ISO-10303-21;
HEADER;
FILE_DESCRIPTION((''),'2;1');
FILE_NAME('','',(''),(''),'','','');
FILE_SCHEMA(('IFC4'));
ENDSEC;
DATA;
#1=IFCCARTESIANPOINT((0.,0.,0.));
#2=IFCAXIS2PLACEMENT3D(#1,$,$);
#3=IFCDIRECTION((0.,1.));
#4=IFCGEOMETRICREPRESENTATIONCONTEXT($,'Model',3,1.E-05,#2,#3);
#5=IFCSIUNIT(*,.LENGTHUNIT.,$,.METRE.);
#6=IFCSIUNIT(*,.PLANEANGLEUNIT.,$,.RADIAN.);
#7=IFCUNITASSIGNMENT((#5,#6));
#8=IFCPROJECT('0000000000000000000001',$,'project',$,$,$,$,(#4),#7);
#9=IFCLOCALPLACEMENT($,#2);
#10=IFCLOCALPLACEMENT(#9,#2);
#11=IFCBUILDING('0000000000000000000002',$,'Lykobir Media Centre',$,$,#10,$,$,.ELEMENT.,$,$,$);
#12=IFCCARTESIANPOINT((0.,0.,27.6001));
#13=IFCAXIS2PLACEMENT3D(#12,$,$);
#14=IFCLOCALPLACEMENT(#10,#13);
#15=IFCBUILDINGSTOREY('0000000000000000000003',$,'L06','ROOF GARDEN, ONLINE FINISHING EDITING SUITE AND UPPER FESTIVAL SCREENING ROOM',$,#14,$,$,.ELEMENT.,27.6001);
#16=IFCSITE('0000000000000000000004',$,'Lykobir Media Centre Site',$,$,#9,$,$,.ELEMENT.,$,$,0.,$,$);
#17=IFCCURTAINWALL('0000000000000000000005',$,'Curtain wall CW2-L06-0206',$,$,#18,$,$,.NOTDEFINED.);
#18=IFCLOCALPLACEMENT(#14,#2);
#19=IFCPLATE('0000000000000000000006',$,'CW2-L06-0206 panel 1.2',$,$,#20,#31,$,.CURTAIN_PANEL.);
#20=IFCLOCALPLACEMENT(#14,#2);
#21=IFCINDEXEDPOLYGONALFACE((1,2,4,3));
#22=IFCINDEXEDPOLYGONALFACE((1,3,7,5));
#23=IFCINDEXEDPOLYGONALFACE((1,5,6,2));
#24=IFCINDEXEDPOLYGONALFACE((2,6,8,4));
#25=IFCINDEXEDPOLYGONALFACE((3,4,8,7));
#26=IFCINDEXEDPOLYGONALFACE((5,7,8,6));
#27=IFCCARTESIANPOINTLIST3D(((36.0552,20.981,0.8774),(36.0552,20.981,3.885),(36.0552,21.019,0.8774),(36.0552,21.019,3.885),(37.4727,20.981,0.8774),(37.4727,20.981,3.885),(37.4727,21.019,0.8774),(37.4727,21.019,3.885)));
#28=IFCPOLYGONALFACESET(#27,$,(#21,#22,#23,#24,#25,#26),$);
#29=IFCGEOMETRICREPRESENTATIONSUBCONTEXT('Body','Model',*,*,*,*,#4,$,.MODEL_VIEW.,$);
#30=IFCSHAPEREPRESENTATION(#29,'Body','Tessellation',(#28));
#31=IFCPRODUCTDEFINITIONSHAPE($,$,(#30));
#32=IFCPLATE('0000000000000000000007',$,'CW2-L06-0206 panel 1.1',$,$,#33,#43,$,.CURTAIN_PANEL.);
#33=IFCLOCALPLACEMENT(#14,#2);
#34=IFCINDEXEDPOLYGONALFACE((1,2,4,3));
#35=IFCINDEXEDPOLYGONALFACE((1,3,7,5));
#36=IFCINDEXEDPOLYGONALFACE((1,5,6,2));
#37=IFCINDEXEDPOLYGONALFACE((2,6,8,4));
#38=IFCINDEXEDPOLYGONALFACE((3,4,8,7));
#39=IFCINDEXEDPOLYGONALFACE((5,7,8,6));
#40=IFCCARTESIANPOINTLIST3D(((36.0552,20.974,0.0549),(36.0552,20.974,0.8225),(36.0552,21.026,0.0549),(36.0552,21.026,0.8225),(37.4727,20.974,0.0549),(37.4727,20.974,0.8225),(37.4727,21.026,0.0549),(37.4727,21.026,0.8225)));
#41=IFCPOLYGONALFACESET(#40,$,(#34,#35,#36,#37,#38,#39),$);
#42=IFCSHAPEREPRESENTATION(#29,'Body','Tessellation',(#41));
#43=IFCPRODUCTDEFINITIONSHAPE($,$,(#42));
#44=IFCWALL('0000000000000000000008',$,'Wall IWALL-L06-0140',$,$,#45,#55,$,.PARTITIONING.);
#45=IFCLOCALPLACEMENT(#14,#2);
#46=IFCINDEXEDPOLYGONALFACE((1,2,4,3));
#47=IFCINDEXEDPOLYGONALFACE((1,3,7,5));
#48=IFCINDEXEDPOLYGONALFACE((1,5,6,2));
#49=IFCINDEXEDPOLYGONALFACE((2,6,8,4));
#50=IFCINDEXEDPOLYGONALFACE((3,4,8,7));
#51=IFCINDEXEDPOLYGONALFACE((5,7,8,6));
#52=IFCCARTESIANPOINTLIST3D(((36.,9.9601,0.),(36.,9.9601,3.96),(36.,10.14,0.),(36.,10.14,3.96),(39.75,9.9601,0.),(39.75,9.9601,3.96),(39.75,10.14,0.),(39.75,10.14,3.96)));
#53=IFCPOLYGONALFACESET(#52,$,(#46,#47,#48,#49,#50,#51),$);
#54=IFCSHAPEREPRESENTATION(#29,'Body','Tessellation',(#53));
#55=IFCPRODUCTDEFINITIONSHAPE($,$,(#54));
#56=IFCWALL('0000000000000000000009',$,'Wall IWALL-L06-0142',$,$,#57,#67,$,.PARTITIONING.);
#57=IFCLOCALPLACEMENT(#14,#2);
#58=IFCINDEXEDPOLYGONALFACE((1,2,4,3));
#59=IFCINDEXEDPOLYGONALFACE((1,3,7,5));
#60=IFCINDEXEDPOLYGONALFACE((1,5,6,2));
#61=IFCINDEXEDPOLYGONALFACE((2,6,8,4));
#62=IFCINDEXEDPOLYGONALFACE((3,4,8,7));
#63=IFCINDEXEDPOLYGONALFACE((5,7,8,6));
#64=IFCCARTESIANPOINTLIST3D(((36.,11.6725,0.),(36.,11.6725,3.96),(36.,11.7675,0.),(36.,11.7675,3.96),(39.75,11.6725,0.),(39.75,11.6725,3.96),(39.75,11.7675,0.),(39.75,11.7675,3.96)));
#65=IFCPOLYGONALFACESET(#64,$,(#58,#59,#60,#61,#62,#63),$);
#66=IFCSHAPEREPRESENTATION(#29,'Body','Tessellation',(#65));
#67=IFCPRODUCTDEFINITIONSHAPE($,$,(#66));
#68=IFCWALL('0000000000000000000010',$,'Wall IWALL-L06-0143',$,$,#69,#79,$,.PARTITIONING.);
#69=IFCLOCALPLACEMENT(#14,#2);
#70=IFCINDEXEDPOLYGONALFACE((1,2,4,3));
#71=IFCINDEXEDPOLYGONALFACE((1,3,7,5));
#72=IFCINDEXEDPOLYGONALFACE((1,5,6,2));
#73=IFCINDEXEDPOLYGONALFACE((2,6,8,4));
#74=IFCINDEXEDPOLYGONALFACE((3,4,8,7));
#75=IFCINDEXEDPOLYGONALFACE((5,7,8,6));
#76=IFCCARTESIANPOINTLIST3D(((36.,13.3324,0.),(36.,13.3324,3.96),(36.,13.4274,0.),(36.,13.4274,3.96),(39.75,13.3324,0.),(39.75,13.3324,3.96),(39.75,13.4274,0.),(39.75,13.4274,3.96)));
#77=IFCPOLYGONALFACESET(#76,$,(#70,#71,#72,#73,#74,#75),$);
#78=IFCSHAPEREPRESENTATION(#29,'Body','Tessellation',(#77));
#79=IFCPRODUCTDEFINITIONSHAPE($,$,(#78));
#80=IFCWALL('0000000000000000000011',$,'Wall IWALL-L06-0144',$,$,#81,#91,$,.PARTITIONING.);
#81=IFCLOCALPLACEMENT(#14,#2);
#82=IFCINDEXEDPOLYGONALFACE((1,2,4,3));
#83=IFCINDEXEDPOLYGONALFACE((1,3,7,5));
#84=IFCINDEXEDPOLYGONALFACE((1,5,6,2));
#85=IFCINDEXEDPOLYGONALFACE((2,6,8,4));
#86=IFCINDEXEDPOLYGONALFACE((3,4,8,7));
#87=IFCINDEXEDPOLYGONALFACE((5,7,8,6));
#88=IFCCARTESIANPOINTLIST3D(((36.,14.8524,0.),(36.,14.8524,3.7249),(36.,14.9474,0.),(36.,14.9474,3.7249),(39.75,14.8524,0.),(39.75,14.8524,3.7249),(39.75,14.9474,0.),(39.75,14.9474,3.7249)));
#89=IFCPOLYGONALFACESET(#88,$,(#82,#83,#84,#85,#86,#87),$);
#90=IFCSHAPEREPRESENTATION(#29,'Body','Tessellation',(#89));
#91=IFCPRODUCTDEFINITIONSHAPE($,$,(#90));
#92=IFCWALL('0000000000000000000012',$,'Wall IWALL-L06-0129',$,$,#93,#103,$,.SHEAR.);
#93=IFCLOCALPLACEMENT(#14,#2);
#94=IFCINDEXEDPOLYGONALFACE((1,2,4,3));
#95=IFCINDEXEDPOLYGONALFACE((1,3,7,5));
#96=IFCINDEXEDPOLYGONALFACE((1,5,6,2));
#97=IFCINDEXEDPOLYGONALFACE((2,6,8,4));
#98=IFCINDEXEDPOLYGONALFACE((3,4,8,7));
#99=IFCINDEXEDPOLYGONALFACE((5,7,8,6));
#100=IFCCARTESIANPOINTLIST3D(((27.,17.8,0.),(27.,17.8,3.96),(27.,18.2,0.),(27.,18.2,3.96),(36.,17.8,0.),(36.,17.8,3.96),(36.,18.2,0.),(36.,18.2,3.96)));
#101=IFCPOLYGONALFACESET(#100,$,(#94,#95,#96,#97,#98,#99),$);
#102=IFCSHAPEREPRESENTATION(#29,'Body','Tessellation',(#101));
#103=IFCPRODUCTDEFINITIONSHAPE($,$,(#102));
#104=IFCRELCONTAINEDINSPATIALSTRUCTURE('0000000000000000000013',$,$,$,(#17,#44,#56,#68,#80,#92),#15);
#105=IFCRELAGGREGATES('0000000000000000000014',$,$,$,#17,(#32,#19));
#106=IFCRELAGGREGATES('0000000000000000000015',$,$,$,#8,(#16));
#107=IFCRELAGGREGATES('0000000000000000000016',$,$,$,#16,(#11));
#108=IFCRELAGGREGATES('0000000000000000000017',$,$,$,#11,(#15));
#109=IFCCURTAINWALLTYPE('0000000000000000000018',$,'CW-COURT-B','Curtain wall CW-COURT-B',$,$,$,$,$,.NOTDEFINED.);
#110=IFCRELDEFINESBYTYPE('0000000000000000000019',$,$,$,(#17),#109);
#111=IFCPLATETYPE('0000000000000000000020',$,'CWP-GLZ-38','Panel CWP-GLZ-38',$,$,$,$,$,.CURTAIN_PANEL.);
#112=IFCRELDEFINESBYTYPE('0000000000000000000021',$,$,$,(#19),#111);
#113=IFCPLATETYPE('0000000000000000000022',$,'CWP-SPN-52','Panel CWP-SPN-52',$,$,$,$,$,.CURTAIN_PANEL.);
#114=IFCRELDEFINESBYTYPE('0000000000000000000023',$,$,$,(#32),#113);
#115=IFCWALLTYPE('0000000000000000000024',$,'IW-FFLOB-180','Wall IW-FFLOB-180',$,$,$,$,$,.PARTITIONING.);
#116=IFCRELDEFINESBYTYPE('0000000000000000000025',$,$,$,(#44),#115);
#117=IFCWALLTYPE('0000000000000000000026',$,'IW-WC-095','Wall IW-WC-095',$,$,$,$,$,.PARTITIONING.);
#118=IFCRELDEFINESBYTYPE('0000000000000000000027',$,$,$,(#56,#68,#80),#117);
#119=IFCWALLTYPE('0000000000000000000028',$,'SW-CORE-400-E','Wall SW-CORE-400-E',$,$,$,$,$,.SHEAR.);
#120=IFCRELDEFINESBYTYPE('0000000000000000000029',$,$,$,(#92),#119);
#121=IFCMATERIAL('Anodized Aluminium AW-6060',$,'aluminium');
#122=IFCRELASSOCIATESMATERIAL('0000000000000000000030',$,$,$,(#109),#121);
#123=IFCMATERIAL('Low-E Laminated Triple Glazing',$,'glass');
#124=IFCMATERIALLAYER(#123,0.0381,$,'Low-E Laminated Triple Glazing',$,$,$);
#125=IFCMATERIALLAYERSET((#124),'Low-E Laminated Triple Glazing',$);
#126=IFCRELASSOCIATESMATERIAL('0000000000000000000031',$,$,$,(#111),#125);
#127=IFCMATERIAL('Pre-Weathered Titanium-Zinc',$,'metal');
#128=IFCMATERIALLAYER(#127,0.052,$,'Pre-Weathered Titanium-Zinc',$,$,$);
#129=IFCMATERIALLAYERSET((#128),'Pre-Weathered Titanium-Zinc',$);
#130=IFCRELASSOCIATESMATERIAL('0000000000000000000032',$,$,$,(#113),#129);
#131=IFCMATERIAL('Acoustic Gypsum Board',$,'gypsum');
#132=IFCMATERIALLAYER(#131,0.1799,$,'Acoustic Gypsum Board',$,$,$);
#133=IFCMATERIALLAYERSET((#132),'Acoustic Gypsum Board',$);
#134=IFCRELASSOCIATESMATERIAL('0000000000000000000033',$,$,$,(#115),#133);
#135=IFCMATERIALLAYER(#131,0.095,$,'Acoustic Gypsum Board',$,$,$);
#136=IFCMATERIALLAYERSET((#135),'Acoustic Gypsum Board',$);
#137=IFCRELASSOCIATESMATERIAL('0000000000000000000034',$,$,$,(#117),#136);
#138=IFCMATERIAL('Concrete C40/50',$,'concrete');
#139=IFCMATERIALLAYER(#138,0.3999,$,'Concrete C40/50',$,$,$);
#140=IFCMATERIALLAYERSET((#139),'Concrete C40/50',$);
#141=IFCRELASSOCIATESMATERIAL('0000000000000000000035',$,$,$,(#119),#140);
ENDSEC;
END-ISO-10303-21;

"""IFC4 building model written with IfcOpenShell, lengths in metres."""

from ifc_helpers import new_model, si_unit, direction, frame, frame_2d, origin, origin_2d, place, context, subcontext, project, spatial, rectangle, extrude, material, layer, layer_set, type_object, element, aggregate, save


model = new_model("IFC4")

# Units and contexts
model_context = context("Model", 3, precision=1e-05, world=origin(), true_north=direction((0.0, 1.0)))
body_context = subcontext(model_context, "Body", "Model", "MODEL_VIEW")
ifc_project = project(units=[si_unit("LENGTHUNIT", "METRE"), si_unit("PLANEANGLEUNIT", "RADIAN")], contexts=[model_context])

# Site, building, storey
site_placement = place(None, origin())
site = spatial("IfcSite", under=ifc_project, at=site_placement, Name="Lykobir Media Centre Site", CompositionType="ELEMENT", RefElevation=0.0)
building_placement = place(site_placement, origin())
building = spatial("IfcBuilding", under=site, at=building_placement, Name="Lykobir Media Centre", CompositionType="ELEMENT")
storey_placement = place(building_placement, frame((0.0, 0.0, 27.6001)))
storey = spatial("IfcBuildingStorey", under=building, at=storey_placement, Name="L06", Description="ROOF GARDEN, ONLINE FINISHING EDITING SUITE AND UPPER FESTIVAL SCREENING ROOM", CompositionType="ELEMENT", Elevation=27.6001)

# Curtain wall
ifc_material_1 = material(Name="Anodized Aluminium AW-6060", Category="aluminium")
curtain_wall_type = type_object("IfcCurtainWallType", Name="CW-COURT-B", Description="Curtain wall CW-COURT-B", PredefinedType="NOTDEFINED", material=ifc_material_1)
curtain_wall_placement = place(storey_placement, origin())
curtain_wall = element("IfcCurtainWall", 1, at=curtain_wall_placement, inside=storey, type_object=curtain_wall_type, Name="Curtain wall CW2-L06-0206", PredefinedType="NOTDEFINED")

# Plates
ifc_material_2 = material(Name="Low-E Laminated Triple Glazing", Category="glass")
ifc_layer_1 = layer(ifc_material_2, 0.0381, Name="Low-E Laminated Triple Glazing")
ifc_layer_set_1 = layer_set([ifc_layer_1], Name="Low-E Laminated Triple Glazing")
plate_type_1 = type_object("IfcPlateType", Name="CWP-GLZ-38", Description="Panel CWP-GLZ-38", PredefinedType="CURTAIN_PANEL", material=ifc_layer_set_1)
plate_1_placement = place(storey_placement, frame((36.7639, 21.0, 0.8774), z_axis=(0.0, 0.0, 1.0), x_axis=(1.0, 0.0, 0.0)))
plate_1 = element("IfcPlate", 2, at=plate_1_placement, type_object=plate_type_1, Name="CW2-L06-0206 panel 1.2", PredefinedType="CURTAIN_PANEL", context=body_context, shape_type="SweptSolid", body=[
    extrude(rectangle(XDim=1.4175, YDim=0.0381, at=origin_2d()), origin(), (0.0, 0.0, 1.0), 3.0076),
])
ifc_material_3 = material(Name="Pre-Weathered Titanium-Zinc", Category="metal")
ifc_layer_2 = layer(ifc_material_3, 0.052, Name="Pre-Weathered Titanium-Zinc")
ifc_layer_set_2 = layer_set([ifc_layer_2], Name="Pre-Weathered Titanium-Zinc")
plate_type_2 = type_object("IfcPlateType", Name="CWP-SPN-52", Description="Panel CWP-SPN-52", PredefinedType="CURTAIN_PANEL", material=ifc_layer_set_2)
plate_2_placement = place(storey_placement, frame((36.7639, 21.0, 0.0549), z_axis=(0.0, 0.0, 1.0), x_axis=(1.0, 0.0, 0.0)))
plate_2 = element("IfcPlate", 3, at=plate_2_placement, type_object=plate_type_2, Name="CW2-L06-0206 panel 1.1", PredefinedType="CURTAIN_PANEL", context=body_context, shape_type="SweptSolid", body=[
    extrude(rectangle(XDim=1.4175, YDim=0.052, at=origin_2d()), origin(), (0.0, 0.0, 1.0), 0.7676),
])
aggregate(curtain_wall, [plate_2, plate_1])

# Walls
ifc_material_4 = material(Name="Acoustic Gypsum Board", Category="gypsum")
ifc_layer_3 = layer(ifc_material_4, 0.1799, Name="Acoustic Gypsum Board")
ifc_layer_set_3 = layer_set([ifc_layer_3], Name="Acoustic Gypsum Board")
wall_type_1 = type_object("IfcWallType", Name="IW-FFLOB-180", Description="Wall IW-FFLOB-180", PredefinedType="PARTITIONING", material=ifc_layer_set_3)
wall_1_placement = place(storey_placement, frame((36.0, 10.05, 0.0), z_axis=(0.0, 0.0, 1.0), x_axis=(1.0, 0.0, 0.0)))
element("IfcWall", 4, at=wall_1_placement, inside=storey, type_object=wall_type_1, Name="Wall IWALL-L06-0140", PredefinedType="PARTITIONING", context=body_context, shape_type="SweptSolid", body=[
    extrude(rectangle(XDim=3.75, YDim=0.1799, at=frame_2d((1.875, 0.0))), origin(), (0.0, 0.0, 1.0), 3.96),
])
ifc_layer_4 = layer(ifc_material_4, 0.095, Name="Acoustic Gypsum Board")
ifc_layer_set_4 = layer_set([ifc_layer_4], Name="Acoustic Gypsum Board")
wall_type_2 = type_object("IfcWallType", Name="IW-WC-095", Description="Wall IW-WC-095", PredefinedType="PARTITIONING", material=ifc_layer_set_4)
for number, where, z_axis, x_axis, name in (
    (5, (36.0, 11.72, 0.0), (0.0, 0.0, 1.0), (1.0, 0.0, 0.0), "Wall IWALL-L06-0142"),
    (6, (36.0, 13.3799, 0.0), (0.0, 0.0, 1.0), (1.0, 0.0, 0.0), "Wall IWALL-L06-0143"),
):
    element("IfcWall", number, at=place(storey_placement, frame(where, z_axis=z_axis, x_axis=x_axis)), inside=storey, type_object=wall_type_2, Name=name, PredefinedType="PARTITIONING", context=body_context, shape_type="SweptSolid", body=[
        extrude(rectangle(XDim=3.75, YDim=0.095, at=frame_2d((1.875, 0.0))), origin(), (0.0, 0.0, 1.0), 3.96),
    ])
wall_2_placement = place(storey_placement, frame((36.0, 14.8999, 0.0), z_axis=(0.0, 0.0, 1.0), x_axis=(1.0, 0.0, 0.0)))
element("IfcWall", 7, at=wall_2_placement, inside=storey, type_object=wall_type_2, Name="Wall IWALL-L06-0144", PredefinedType="PARTITIONING", context=body_context, shape_type="SweptSolid", body=[
    extrude(rectangle(XDim=3.75, YDim=0.095, at=frame_2d((1.875, 0.0))), origin(), (0.0, 0.0, 1.0), 3.7249),
])
ifc_material_5 = material(Name="Concrete C40/50", Category="concrete")
ifc_layer_5 = layer(ifc_material_5, 0.3999, Name="Concrete C40/50")
ifc_layer_set_5 = layer_set([ifc_layer_5], Name="Concrete C40/50")
wall_type_3 = type_object("IfcWallType", Name="SW-CORE-400-E", Description="Wall SW-CORE-400-E", PredefinedType="SHEAR", material=ifc_layer_set_5)
wall_3_placement = place(storey_placement, frame((36.0, 18.0, 0.0), z_axis=(0.0, 0.0, 1.0), x_axis=(-1.0, 0.0, 0.0)))
element("IfcWall", 8, at=wall_3_placement, inside=storey, type_object=wall_type_3, Name="Wall IWALL-L06-0129", PredefinedType="SHEAR", context=body_context, shape_type="SweptSolid", body=[
    extrude(rectangle(XDim=9.0, YDim=0.3999, at=frame_2d((4.5, 0.0))), origin(), (0.0, 0.0, 1.0), 3.96),
])

save(model, "model.ifc")
